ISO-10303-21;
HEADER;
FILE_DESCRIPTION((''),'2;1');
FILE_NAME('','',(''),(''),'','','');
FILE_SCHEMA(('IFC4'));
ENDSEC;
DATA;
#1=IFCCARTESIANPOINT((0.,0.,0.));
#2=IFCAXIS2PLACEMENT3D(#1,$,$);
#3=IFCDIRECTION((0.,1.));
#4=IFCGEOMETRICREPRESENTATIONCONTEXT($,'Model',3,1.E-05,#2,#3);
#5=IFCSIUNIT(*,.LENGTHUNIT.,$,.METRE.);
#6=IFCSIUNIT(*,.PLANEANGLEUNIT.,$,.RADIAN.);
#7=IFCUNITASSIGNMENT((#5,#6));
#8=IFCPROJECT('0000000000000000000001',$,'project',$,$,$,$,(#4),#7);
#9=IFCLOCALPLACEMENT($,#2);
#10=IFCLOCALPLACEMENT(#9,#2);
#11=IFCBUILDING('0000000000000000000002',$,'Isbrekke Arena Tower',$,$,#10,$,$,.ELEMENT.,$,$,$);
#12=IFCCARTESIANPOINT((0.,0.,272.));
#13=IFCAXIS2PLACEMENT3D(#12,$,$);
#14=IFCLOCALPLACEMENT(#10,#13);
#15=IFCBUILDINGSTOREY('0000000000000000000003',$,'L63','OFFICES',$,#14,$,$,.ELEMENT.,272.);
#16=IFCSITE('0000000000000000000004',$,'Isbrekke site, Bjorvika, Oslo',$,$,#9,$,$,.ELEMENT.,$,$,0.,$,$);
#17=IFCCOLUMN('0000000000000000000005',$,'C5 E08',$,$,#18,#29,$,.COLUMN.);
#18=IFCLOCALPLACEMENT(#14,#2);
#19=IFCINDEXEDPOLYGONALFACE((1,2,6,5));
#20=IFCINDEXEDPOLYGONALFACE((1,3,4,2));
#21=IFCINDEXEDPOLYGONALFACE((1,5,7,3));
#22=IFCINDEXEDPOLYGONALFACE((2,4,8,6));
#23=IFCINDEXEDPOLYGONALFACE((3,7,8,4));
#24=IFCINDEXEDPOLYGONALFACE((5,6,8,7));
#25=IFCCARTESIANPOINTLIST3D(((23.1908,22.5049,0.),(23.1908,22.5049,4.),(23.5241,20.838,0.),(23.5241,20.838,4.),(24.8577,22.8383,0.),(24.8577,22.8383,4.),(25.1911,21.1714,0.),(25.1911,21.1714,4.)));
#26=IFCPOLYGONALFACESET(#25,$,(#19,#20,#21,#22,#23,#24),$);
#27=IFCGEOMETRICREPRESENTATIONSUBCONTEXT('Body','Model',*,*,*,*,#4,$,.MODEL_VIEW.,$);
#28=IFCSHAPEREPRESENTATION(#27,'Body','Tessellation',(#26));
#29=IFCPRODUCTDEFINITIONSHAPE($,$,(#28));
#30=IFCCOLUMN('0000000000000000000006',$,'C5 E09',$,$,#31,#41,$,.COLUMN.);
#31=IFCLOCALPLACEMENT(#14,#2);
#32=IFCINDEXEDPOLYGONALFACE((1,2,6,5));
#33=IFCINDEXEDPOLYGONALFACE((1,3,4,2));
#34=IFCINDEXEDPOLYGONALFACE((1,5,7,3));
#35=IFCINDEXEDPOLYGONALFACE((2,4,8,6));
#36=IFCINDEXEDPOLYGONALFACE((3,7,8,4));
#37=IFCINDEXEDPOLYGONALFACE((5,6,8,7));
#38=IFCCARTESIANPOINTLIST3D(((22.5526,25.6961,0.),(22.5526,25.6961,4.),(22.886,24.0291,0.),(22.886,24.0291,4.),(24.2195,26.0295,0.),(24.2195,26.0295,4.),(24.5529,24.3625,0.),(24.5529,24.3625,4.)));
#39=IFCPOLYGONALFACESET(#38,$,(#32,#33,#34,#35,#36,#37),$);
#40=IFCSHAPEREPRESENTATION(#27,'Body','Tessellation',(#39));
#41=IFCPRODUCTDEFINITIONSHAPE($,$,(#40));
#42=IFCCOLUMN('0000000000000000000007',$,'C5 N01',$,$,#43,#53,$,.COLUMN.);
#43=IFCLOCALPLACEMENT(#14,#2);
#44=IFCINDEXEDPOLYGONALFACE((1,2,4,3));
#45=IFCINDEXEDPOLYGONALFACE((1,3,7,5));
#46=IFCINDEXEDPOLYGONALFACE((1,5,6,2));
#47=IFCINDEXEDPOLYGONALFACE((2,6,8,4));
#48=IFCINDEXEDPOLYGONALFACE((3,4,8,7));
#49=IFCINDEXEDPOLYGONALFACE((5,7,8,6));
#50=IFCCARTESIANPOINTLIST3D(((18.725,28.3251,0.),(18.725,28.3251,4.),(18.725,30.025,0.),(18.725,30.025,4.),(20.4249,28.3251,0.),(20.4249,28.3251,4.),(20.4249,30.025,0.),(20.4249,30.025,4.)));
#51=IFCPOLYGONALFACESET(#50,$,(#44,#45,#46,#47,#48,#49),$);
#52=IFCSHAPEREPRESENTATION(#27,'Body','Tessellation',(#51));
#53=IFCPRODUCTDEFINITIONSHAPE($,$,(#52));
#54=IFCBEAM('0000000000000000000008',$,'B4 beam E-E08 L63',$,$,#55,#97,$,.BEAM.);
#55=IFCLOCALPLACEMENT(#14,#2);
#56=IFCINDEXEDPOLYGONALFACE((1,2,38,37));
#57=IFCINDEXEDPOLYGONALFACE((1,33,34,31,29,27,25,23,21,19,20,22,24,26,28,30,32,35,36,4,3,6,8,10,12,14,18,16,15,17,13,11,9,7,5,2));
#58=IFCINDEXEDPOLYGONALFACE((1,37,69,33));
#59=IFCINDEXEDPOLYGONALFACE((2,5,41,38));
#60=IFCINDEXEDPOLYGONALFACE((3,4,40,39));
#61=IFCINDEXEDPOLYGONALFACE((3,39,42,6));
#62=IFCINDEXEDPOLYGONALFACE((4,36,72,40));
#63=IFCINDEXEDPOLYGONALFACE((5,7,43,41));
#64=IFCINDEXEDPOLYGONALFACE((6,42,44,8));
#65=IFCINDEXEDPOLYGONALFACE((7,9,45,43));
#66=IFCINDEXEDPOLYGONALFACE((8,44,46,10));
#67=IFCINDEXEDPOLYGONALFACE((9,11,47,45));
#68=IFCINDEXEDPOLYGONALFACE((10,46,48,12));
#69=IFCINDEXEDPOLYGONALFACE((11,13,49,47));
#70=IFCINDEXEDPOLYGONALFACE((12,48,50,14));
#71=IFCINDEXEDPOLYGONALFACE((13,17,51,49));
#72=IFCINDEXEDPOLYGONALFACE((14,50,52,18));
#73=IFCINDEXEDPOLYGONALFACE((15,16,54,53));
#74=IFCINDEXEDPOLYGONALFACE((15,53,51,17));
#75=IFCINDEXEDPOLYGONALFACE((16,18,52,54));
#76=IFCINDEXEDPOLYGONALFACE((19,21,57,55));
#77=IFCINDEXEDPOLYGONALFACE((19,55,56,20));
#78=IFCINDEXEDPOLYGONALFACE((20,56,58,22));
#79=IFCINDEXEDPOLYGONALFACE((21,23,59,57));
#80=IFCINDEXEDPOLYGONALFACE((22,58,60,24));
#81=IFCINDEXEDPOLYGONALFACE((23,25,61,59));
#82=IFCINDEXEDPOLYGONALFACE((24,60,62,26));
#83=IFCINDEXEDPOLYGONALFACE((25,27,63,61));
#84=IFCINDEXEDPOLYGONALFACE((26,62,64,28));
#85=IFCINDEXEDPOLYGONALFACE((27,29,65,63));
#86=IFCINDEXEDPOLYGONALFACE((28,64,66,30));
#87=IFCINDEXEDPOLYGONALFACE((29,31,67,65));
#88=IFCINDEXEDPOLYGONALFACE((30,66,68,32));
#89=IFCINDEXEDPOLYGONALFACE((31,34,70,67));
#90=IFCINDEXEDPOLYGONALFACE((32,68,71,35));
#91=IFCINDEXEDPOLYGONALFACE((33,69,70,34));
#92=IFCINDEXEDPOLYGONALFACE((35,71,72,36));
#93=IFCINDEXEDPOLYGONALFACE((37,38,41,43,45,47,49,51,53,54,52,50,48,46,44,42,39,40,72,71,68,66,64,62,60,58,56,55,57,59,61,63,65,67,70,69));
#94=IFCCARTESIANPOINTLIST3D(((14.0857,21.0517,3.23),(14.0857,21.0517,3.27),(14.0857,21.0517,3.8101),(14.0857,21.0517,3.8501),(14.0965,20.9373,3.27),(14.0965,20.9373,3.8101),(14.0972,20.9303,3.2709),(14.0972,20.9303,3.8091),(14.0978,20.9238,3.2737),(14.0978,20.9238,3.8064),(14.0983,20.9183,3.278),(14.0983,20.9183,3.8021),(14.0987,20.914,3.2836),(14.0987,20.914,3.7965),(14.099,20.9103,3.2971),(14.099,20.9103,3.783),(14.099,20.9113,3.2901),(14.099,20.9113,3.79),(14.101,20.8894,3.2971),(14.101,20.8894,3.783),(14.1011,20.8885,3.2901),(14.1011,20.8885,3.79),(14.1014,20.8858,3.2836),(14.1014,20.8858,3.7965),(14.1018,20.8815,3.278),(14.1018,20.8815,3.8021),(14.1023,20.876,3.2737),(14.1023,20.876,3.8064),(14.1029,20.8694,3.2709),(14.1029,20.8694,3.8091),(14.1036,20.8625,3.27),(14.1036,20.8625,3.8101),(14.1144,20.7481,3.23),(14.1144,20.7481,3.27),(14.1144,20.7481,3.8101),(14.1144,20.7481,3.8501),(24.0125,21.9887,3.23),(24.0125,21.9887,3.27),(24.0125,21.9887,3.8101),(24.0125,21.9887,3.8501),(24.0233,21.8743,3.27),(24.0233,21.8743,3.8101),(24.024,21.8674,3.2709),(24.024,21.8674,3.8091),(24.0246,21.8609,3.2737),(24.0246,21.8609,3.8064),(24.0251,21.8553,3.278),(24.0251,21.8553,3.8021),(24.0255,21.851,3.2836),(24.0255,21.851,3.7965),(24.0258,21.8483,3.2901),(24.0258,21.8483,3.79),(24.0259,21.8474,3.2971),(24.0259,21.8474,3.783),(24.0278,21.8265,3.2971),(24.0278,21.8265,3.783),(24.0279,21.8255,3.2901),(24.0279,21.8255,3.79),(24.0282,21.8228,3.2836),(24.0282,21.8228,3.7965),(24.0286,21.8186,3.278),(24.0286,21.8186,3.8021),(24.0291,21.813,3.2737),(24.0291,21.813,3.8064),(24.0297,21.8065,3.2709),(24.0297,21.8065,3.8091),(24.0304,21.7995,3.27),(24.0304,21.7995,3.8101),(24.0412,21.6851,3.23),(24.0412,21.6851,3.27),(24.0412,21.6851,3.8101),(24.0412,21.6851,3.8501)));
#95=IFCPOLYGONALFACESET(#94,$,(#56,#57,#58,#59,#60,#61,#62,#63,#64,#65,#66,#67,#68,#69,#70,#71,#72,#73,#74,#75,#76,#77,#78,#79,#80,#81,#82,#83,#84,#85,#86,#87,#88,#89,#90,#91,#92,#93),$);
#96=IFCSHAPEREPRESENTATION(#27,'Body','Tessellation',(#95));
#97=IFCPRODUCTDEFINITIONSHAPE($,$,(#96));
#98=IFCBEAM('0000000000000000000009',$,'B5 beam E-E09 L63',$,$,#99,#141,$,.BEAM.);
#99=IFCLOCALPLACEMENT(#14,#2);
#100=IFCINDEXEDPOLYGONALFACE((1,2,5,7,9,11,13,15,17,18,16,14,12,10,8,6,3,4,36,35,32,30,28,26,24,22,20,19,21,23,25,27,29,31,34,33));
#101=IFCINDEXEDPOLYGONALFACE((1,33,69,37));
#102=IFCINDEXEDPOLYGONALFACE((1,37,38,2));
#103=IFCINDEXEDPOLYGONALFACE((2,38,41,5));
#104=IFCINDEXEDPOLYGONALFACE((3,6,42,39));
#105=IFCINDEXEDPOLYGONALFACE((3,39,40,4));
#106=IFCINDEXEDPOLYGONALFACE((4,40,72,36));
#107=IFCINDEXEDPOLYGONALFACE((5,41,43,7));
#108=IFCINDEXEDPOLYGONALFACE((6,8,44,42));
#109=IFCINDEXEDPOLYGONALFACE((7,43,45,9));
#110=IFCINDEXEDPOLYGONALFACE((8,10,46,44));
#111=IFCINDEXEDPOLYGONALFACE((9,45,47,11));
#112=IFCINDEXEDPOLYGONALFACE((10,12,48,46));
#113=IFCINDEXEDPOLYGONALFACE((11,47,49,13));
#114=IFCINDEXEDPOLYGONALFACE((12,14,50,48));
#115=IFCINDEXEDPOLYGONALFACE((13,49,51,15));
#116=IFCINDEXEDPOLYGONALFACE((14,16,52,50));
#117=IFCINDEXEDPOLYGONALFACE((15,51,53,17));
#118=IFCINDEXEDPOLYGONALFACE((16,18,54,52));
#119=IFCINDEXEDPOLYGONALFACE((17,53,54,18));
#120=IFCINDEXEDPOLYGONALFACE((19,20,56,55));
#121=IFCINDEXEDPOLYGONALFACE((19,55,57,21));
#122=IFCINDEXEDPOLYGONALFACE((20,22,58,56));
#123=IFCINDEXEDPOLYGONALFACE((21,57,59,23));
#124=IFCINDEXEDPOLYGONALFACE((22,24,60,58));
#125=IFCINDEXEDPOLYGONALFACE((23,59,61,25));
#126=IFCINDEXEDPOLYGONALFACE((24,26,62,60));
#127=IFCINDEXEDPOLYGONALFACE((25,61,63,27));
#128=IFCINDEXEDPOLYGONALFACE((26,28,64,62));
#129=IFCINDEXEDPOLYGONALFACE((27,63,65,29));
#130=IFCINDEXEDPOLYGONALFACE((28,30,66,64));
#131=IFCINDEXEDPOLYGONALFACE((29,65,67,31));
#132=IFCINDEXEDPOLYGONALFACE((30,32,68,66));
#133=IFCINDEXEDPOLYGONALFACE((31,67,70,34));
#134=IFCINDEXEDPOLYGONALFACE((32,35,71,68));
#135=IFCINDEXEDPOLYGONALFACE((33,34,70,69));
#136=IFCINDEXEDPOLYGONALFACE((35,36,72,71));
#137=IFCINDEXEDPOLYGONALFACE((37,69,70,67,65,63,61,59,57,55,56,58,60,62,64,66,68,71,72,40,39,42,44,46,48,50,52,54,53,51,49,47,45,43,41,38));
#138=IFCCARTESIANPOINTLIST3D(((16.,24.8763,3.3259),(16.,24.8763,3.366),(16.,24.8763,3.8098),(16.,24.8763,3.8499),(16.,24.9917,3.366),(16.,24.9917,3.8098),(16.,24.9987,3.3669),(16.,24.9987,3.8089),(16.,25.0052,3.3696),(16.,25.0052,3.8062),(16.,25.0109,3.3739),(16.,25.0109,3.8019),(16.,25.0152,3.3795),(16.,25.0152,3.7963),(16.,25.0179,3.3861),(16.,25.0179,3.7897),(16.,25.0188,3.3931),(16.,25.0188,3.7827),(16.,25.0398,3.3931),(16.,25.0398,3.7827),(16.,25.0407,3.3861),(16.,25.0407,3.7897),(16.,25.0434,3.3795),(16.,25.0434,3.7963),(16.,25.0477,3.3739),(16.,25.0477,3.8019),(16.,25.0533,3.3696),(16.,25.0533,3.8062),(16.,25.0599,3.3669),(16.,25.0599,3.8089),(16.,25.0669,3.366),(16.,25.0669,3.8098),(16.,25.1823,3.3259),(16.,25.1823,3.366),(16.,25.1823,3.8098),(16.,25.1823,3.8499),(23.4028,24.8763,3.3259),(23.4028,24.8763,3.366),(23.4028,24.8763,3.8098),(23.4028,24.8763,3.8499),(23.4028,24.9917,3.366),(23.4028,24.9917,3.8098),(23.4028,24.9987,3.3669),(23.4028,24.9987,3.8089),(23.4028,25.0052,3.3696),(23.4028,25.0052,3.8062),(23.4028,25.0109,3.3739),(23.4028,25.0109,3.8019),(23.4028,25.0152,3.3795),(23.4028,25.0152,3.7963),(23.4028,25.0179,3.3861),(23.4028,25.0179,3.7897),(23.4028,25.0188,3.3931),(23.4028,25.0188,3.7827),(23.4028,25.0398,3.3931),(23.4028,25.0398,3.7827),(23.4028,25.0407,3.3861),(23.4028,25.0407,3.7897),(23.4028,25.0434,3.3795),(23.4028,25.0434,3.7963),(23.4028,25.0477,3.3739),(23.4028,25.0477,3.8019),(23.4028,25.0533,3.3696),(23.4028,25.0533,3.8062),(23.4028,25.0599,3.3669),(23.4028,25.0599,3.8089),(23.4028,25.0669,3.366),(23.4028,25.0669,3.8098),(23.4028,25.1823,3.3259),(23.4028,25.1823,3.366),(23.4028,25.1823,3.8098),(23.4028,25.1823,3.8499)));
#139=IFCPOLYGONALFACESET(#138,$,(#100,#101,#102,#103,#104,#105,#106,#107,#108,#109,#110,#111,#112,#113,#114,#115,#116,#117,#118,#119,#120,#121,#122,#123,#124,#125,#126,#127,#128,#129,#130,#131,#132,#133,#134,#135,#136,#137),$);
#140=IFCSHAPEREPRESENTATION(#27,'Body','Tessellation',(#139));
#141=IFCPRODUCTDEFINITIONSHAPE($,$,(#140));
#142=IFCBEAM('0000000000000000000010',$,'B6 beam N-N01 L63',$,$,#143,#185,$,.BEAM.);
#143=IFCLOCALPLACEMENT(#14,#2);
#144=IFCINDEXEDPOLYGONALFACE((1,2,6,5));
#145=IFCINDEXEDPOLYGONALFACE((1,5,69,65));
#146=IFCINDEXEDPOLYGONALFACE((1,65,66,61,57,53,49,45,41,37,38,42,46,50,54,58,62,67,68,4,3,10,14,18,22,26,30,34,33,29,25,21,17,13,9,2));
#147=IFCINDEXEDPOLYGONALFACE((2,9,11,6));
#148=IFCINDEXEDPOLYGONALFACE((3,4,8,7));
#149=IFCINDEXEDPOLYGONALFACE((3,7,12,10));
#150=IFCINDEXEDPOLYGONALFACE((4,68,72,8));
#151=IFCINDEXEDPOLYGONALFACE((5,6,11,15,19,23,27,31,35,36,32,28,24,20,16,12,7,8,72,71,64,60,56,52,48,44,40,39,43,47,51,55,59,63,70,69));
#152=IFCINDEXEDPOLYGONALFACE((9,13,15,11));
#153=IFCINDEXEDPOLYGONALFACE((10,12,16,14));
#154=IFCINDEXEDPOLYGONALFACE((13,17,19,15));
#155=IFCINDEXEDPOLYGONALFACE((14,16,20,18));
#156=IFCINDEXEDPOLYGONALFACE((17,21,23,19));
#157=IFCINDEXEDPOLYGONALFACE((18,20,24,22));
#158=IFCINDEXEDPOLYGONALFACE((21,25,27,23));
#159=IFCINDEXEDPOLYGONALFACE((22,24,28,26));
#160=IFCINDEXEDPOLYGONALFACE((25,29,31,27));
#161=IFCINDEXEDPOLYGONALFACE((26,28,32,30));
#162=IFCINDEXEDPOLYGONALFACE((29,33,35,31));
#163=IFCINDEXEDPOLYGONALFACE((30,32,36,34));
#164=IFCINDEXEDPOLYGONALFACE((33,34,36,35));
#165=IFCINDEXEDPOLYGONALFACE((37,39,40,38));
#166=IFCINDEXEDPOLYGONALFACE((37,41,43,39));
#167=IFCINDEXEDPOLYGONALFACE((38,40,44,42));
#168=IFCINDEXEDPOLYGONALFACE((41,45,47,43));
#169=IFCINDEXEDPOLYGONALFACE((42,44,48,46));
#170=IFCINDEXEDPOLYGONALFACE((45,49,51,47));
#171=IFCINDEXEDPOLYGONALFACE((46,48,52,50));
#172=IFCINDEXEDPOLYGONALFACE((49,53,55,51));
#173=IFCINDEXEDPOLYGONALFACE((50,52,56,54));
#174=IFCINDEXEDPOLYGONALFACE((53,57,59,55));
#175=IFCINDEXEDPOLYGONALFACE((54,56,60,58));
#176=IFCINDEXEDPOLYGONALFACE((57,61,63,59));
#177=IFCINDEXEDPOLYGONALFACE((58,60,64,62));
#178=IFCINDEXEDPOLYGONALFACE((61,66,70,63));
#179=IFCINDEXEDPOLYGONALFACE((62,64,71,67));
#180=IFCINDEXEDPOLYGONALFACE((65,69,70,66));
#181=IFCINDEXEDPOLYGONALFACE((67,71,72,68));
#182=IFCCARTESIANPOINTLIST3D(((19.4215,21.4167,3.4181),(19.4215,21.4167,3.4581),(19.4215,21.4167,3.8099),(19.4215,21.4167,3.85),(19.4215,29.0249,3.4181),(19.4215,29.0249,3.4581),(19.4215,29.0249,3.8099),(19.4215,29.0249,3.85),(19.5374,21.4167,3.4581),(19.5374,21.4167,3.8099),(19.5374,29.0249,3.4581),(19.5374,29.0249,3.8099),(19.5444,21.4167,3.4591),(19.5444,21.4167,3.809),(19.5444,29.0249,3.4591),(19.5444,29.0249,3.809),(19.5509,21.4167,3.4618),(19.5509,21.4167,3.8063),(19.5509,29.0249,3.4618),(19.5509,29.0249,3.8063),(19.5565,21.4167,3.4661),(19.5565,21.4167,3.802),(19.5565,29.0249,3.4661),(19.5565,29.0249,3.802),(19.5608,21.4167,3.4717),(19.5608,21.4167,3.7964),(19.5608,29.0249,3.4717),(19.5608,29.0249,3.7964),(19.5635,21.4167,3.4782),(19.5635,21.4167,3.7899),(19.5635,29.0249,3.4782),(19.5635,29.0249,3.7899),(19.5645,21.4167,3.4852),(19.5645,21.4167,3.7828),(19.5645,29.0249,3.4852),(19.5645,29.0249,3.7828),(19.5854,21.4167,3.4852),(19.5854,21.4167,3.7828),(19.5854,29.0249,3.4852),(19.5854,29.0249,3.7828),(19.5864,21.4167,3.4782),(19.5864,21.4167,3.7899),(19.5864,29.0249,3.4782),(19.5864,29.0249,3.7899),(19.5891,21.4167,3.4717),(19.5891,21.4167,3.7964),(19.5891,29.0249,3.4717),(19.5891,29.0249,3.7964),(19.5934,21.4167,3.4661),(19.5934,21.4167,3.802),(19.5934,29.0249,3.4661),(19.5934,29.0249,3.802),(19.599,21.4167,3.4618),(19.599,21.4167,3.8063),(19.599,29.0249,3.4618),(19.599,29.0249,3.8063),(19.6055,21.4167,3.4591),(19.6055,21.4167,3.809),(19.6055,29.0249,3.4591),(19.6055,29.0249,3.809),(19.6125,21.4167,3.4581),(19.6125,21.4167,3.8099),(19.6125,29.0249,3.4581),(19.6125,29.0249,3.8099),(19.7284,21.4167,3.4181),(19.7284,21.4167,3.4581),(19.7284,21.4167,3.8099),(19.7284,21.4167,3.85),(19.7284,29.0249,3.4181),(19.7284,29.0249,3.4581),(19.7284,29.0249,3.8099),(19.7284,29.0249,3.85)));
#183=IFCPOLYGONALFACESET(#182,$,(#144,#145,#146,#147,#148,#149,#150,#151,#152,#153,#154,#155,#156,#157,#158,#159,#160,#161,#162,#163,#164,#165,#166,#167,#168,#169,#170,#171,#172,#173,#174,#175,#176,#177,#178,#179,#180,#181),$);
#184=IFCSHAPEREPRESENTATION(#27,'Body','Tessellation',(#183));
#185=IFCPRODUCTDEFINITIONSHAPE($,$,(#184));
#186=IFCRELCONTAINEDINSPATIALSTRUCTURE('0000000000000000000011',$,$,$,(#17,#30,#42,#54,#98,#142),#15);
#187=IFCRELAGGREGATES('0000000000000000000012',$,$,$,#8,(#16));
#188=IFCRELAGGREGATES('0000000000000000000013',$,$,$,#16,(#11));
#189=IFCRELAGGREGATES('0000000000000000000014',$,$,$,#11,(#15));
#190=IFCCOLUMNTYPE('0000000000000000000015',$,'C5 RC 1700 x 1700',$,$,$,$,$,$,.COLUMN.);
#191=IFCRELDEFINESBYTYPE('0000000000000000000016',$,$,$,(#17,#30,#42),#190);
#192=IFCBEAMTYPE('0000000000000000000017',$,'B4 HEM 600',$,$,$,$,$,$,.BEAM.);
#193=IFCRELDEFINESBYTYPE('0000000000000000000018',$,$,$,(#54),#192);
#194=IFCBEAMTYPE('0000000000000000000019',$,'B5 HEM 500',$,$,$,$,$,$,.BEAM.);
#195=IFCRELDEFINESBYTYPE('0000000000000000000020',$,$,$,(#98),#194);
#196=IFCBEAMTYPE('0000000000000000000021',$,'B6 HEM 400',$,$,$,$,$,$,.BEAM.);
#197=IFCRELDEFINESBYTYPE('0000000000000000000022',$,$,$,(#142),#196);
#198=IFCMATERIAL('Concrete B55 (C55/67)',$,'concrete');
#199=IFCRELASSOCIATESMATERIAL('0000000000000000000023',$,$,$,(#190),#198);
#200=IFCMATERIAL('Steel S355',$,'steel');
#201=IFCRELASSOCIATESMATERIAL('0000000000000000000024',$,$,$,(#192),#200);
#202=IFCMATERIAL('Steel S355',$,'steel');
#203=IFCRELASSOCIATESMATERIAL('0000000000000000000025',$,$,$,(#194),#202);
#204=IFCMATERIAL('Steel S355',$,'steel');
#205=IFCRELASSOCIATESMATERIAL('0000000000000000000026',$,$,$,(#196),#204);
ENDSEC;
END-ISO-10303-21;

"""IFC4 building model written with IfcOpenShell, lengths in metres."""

from ifc_helpers import new_model, si_unit, direction, frame, origin, origin_2d, place, context, subcontext, project, spatial, rectangle, i_section, extrude, material, material_profile, profile_set, type_object, element, save


model = new_model("IFC4")

# Units and contexts
model_context = context("Model", 3, precision=1e-05, world=origin(), true_north=direction((0.0, 1.0)))
body_context = subcontext(model_context, "Body", "Model", "MODEL_VIEW")
ifc_project = project(units=[si_unit("LENGTHUNIT", "METRE"), si_unit("PLANEANGLEUNIT", "RADIAN")], contexts=[model_context])

# Site, building, storey
site_placement = place(None, origin())
site = spatial("IfcSite", under=ifc_project, at=site_placement, Name="Isbrekke site, Bjorvika, Oslo", CompositionType="ELEMENT", RefElevation=0.0)
building_placement = place(site_placement, origin())
building = spatial("IfcBuilding", under=site, at=building_placement, Name="Isbrekke Arena Tower", CompositionType="ELEMENT")
storey_placement = place(building_placement, frame((0.0, 0.0, 272.0)))
storey = spatial("IfcBuildingStorey", under=building, at=storey_placement, Name="L63", Description="OFFICES", CompositionType="ELEMENT", Elevation=272.0)

# Columns
ifc_material_1 = material(Name="Concrete B55 (C55/67)", Category="concrete")
ifc_material_profile_1 = material_profile(ifc_material_1, rectangle(XDim=1.7, YDim=1.7, at=origin_2d()), Name="RC 1700x1700")
ifc_profile_set_1 = profile_set([ifc_material_profile_1], Name="Concrete B55 (C55/67)")
column_type = type_object("IfcColumnType", Name="C5 RC 1700 x 1700", PredefinedType="COLUMN", material=ifc_profile_set_1)
for number, where, z_axis, x_axis, name in (
    (1, (24.1909, 21.8381, 0.0), (0.0, 0.0, 1.0), (-0.196116, 0.980581, 0.0), "C5 E08"),
    (2, (23.5527, 25.0293, 0.0), (0.0, 0.0, 1.0), (-0.196116, 0.980581, 0.0), "C5 E09"),
    (3, (19.575, 29.175, 0.0), (0.0, 0.0, 1.0), (-1.0, 0.0, 0.0), "C5 N01"),
):
    element("IfcColumn", number, at=place(storey_placement, frame(where, z_axis=z_axis, x_axis=x_axis)), inside=storey, type_object=column_type, Name=name, PredefinedType="COLUMN", context=body_context, shape_type="SweptSolid", body=[
        extrude(rectangle(XDim=1.7, YDim=1.7, at=origin_2d()), origin(), (0.0, 0.0, 1.0), 4.0),
    ])

# Beams
ifc_material_2 = material(Name="Steel S355", Category="steel")
ifc_material_profile_2 = material_profile(ifc_material_2, i_section(OverallWidth=0.3049, OverallDepth=0.6201, WebThickness=0.021, FlangeThickness=0.04, FilletRadius=0.0271, at=origin_2d()), Name="HEM 600")
ifc_profile_set_2 = profile_set([ifc_material_profile_2], Name="Steel S355")
beam_type_1 = type_object("IfcBeamType", Name="B4 HEM 600", PredefinedType="BEAM", material=ifc_profile_set_2)
beam_1_placement = place(storey_placement, frame((24.0269, 21.8369, 3.54), z_axis=(-0.995575, -0.093975, 0.0), x_axis=(0.093975, -0.995575, 0.0)))
element("IfcBeam", 4, at=beam_1_placement, inside=storey, type_object=beam_type_1, Name="B4 beam E-E08 L63", PredefinedType="BEAM", context=body_context, shape_type="SweptSolid", body=[
    extrude(i_section(OverallWidth=0.3049, OverallDepth=0.6201, WebThickness=0.021, FlangeThickness=0.04, FilletRadius=0.0271, at=origin_2d()), origin(), (0.0, 0.0, 1.0), 9.9709),
])
ifc_material_3 = material(Name="Steel S355", Category="steel")
ifc_material_profile_3 = material_profile(ifc_material_3, i_section(OverallWidth=0.3059, OverallDepth=0.5239, WebThickness=0.021, FlangeThickness=0.04, FilletRadius=0.0271, at=origin_2d()), Name="HEM 500")
ifc_profile_set_3 = profile_set([ifc_material_profile_3], Name="Steel S355")
beam_type_2 = type_object("IfcBeamType", Name="B5 HEM 500", PredefinedType="BEAM", material=ifc_profile_set_3)
beam_2_placement = place(storey_placement, frame((23.4028, 25.0293, 3.5879), z_axis=(-1.0, 0.0, 0.0), x_axis=(0.0, -1.0, 0.0)))
element("IfcBeam", 5, at=beam_2_placement, inside=storey, type_object=beam_type_2, Name="B5 beam E-E09 L63", PredefinedType="BEAM", context=body_context, shape_type="SweptSolid", body=[
    extrude(i_section(OverallWidth=0.3059, OverallDepth=0.5239, WebThickness=0.021, FlangeThickness=0.04, FilletRadius=0.0271, at=origin_2d()), origin(), (0.0, 0.0, 1.0), 7.4028),
])
ifc_material_4 = material(Name="Steel S355", Category="steel")
ifc_material_profile_4 = material_profile(ifc_material_4, i_section(OverallWidth=0.3069, OverallDepth=0.4319, WebThickness=0.021, FlangeThickness=0.04, FilletRadius=0.0271, at=origin_2d()), Name="HEM 400")
ifc_profile_set_4 = profile_set([ifc_material_profile_4], Name="Steel S355")
beam_type_3 = type_object("IfcBeamType", Name="B6 HEM 400", PredefinedType="BEAM", material=ifc_profile_set_4)
beam_3_placement = place(storey_placement, frame((19.575, 29.0249, 3.634), z_axis=(0.0, -1.0, 0.0), x_axis=(1.0, 0.0, 0.0)))
element("IfcBeam", 6, at=beam_3_placement, inside=storey, type_object=beam_type_3, Name="B6 beam N-N01 L63", PredefinedType="BEAM", context=body_context, shape_type="SweptSolid", body=[
    extrude(i_section(OverallWidth=0.3069, OverallDepth=0.4319, WebThickness=0.021, FlangeThickness=0.04, FilletRadius=0.0271, at=origin_2d()), origin(), (0.0, 0.0, 1.0), 7.6082),
])

save(model, "model.ifc")
